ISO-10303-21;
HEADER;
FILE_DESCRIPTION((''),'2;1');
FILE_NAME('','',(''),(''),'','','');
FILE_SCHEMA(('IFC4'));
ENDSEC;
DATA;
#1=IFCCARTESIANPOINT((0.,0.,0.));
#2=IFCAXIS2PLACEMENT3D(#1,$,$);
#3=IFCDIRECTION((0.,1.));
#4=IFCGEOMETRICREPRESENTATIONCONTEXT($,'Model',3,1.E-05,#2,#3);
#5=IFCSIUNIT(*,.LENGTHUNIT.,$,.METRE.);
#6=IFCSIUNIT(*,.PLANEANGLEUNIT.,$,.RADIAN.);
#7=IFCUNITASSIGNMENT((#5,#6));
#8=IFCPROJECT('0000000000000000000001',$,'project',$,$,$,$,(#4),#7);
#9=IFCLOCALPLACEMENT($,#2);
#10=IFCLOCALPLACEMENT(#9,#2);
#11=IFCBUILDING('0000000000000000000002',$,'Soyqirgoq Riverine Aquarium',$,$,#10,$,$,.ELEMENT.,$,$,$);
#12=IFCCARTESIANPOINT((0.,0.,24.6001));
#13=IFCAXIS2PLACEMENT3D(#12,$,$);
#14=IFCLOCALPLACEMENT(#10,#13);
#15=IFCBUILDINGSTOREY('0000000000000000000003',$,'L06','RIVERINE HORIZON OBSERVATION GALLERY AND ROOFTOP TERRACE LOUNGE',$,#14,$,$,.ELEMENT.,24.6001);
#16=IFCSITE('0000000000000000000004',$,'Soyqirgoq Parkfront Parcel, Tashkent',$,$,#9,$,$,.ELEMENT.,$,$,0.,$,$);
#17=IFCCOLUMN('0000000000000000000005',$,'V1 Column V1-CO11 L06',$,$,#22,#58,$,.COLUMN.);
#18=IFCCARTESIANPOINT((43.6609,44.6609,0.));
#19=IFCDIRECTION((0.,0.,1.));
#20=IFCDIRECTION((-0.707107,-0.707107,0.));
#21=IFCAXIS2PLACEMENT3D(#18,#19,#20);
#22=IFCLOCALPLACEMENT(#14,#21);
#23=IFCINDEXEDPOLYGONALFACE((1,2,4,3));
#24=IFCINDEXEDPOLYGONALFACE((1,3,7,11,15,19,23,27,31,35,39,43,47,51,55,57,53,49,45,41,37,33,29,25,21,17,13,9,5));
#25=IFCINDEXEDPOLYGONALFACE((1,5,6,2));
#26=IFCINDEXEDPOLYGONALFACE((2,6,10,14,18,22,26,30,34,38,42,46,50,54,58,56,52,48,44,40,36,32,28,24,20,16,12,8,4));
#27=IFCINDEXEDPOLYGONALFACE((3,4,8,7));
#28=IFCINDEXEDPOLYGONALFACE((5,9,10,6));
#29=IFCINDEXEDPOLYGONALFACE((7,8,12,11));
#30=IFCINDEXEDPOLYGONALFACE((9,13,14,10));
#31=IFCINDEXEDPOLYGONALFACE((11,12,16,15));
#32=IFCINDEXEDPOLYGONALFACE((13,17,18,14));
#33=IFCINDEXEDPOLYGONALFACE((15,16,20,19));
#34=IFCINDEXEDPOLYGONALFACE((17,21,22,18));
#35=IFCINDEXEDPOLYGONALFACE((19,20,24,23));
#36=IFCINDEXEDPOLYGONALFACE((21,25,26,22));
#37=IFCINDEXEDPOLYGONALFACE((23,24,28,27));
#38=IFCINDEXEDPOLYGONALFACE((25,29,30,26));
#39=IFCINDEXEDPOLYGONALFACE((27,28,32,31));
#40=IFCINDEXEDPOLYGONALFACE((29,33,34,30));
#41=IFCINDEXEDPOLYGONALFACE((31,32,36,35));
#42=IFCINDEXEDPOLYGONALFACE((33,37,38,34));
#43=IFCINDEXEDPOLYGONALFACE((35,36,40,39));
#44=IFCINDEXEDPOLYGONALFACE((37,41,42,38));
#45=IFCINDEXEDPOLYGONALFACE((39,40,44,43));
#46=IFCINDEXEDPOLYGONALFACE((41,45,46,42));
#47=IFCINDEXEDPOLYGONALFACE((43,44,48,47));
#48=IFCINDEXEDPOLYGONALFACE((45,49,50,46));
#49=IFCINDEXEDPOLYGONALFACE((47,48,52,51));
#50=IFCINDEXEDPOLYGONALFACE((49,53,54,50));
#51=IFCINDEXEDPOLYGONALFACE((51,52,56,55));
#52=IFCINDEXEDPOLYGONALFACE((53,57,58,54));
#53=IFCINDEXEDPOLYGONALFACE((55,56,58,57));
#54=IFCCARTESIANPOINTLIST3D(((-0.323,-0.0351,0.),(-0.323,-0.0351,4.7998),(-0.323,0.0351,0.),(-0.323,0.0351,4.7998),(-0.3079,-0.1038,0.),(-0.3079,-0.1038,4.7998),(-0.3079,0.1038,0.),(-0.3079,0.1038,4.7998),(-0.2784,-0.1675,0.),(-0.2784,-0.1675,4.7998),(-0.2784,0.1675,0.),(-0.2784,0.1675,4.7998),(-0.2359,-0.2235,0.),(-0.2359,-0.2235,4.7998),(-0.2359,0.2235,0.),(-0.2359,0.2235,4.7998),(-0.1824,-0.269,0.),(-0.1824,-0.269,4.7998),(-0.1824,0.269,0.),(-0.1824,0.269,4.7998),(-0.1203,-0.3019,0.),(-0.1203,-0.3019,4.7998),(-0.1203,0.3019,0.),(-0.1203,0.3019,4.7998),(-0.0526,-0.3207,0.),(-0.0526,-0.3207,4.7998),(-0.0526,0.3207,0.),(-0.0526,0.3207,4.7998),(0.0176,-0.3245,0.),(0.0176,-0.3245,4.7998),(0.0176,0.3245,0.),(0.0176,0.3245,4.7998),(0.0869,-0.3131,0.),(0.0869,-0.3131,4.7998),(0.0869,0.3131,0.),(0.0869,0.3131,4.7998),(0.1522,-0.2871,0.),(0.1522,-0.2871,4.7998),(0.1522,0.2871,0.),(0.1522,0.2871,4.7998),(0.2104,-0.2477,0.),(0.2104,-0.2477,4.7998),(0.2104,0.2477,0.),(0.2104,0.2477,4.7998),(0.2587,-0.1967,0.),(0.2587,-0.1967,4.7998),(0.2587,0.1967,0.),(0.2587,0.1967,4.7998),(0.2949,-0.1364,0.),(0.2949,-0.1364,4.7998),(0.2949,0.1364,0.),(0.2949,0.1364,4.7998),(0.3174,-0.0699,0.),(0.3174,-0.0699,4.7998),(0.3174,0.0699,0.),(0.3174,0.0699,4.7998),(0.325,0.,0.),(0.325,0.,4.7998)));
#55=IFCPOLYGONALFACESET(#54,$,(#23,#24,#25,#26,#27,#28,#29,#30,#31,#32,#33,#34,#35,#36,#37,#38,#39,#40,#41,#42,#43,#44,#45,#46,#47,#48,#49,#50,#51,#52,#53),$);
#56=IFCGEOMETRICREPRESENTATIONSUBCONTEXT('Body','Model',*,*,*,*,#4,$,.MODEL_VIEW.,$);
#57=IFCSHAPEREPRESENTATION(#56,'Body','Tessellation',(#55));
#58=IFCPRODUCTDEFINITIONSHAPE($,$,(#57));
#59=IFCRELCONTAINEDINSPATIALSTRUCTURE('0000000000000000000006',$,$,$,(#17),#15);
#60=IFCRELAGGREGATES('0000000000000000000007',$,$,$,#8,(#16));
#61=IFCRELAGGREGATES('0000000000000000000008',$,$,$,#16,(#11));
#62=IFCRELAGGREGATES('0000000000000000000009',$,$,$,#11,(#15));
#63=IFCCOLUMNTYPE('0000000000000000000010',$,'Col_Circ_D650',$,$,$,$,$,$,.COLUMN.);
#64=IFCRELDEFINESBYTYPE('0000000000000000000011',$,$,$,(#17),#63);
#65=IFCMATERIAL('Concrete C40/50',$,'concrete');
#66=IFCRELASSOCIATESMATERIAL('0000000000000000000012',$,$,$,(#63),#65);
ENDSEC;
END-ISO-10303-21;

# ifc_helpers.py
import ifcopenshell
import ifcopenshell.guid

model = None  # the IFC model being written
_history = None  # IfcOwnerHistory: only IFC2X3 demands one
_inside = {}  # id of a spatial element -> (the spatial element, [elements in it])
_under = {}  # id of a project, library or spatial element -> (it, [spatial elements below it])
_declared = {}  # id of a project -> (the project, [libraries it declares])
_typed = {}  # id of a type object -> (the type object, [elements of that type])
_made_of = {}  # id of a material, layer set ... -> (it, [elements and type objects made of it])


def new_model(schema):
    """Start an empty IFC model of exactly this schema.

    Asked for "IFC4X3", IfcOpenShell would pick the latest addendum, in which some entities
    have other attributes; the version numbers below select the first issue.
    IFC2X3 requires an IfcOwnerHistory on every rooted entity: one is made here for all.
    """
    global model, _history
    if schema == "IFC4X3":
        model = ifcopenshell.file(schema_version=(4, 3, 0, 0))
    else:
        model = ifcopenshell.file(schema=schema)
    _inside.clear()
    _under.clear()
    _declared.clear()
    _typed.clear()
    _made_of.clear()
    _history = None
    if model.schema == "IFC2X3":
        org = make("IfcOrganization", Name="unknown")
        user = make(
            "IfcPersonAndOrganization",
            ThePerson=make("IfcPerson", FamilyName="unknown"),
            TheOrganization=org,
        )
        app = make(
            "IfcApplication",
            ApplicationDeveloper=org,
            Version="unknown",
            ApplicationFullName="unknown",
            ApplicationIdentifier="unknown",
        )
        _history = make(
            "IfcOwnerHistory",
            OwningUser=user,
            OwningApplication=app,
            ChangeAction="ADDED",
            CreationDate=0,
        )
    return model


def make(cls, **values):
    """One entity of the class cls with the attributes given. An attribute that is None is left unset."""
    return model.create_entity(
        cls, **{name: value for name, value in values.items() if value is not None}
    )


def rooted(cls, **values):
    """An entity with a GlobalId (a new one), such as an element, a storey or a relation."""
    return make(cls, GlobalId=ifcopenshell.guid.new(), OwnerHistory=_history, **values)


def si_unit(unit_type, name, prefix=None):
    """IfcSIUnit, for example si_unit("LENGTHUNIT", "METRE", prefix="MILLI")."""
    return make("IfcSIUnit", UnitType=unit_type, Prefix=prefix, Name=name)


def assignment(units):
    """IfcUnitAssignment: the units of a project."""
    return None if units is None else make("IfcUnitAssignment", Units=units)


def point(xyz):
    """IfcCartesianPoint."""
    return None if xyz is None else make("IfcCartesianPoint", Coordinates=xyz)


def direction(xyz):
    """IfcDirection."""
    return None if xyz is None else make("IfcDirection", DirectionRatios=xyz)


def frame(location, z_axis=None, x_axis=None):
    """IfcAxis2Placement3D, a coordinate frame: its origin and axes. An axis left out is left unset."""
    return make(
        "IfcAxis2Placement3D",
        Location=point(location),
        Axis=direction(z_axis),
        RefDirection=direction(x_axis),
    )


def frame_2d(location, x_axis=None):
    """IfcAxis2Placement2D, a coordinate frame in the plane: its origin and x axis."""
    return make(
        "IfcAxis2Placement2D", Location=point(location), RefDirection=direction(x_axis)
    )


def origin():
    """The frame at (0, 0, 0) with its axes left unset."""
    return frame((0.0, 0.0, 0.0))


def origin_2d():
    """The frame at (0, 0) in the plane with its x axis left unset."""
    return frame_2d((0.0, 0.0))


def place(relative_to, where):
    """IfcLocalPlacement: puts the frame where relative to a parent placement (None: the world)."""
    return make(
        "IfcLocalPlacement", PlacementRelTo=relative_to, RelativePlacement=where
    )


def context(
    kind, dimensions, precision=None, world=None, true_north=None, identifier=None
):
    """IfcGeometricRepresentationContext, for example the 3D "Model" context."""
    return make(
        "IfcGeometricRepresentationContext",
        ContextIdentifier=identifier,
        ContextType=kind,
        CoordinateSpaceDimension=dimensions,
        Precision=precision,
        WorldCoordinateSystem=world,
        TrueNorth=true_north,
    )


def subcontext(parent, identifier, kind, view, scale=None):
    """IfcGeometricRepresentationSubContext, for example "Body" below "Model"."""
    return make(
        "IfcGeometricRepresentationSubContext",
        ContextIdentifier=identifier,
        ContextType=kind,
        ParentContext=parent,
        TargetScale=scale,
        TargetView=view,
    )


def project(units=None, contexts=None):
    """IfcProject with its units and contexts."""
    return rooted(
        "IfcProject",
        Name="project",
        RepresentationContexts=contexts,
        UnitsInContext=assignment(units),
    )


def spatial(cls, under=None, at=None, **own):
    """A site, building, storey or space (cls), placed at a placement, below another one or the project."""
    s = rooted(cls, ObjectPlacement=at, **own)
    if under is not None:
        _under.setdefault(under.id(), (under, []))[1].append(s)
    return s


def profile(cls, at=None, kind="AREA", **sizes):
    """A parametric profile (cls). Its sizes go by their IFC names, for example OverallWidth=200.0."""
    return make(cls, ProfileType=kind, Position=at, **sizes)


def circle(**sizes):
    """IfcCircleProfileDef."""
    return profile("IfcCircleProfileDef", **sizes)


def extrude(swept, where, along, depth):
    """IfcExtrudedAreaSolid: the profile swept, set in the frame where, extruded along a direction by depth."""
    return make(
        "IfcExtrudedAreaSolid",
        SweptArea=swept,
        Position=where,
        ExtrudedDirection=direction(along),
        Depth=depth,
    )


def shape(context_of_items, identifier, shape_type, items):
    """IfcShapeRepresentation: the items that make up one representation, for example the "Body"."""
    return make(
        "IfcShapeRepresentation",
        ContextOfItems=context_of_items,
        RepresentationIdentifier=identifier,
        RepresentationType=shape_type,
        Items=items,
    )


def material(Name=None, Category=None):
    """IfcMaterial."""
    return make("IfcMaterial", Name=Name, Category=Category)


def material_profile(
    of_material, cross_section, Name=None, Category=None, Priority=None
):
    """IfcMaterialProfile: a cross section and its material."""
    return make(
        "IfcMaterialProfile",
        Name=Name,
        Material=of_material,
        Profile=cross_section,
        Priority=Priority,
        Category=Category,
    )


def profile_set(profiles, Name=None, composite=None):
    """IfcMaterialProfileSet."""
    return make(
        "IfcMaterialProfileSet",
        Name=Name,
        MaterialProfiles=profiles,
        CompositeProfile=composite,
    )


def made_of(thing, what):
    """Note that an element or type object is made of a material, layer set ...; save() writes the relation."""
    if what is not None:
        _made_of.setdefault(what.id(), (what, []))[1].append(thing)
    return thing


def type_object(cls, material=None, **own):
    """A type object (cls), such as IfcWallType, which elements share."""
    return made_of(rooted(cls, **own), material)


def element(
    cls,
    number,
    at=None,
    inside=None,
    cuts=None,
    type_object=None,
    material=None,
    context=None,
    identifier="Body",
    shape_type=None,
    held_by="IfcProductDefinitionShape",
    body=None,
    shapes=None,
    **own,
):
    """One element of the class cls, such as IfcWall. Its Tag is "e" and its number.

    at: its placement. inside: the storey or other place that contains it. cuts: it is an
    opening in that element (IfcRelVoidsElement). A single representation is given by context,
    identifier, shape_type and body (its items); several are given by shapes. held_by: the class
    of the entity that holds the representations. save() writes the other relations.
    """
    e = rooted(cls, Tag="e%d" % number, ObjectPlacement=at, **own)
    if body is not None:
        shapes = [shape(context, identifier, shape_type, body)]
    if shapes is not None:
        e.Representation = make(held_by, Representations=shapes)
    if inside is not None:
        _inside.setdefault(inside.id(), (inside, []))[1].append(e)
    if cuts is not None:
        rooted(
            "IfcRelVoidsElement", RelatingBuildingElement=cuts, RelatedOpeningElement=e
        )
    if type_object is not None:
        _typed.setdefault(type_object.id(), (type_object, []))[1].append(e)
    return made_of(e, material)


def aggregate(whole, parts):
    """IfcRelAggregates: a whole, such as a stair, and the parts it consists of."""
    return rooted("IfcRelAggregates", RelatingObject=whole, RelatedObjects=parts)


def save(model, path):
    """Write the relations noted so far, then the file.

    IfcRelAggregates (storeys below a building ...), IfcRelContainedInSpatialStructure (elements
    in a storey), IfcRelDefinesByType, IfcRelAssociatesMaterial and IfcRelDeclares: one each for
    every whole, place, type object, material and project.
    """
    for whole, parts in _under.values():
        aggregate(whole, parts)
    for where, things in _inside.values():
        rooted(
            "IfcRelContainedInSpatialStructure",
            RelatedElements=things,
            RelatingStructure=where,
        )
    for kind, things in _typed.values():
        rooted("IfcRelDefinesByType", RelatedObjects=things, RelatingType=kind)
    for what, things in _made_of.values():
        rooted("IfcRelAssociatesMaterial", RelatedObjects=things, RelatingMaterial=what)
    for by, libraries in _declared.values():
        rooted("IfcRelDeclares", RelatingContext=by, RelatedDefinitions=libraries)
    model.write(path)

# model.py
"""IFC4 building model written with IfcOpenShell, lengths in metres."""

from ifc_helpers import new_model, si_unit, direction, frame, origin, origin_2d, place, context, subcontext, project, spatial, circle, extrude, material, material_profile, profile_set, type_object, element, save


model = new_model("IFC4")

# Units and contexts
model_context = context("Model", 3, precision=1e-05, world=origin(), true_north=direction((0.0, 1.0)))
body_context = subcontext(model_context, "Body", "Model", "MODEL_VIEW")
ifc_project = project(units=[si_unit("LENGTHUNIT", "METRE"), si_unit("PLANEANGLEUNIT", "RADIAN")], contexts=[model_context])

# Site, building, storey
site_placement = place(None, origin())
site = spatial("IfcSite", under=ifc_project, at=site_placement, Name="Soyqirgoq Parkfront Parcel, Tashkent", CompositionType="ELEMENT", RefElevation=0.0)
building_placement = place(site_placement, origin())
building = spatial("IfcBuilding", under=site, at=building_placement, Name="Soyqirgoq Riverine Aquarium", CompositionType="ELEMENT")
storey_placement = place(building_placement, frame((0.0, 0.0, 24.6001)))
storey = spatial("IfcBuildingStorey", under=building, at=storey_placement, Name="L06", Description="RIVERINE HORIZON OBSERVATION GALLERY AND ROOFTOP TERRACE LOUNGE", CompositionType="ELEMENT", Elevation=24.6001)

# Column
ifc_material_1 = material(Name="Concrete C40/50", Category="concrete")
ifc_material_profile_1 = material_profile(ifc_material_1, circle(Radius=0.325, at=origin_2d()), Name="RC-COL D650")
ifc_profile_set_1 = profile_set([ifc_material_profile_1], Name="Concrete C40/50")
column_type = type_object("IfcColumnType", Name="Col_Circ_D650", PredefinedType="COLUMN", material=ifc_profile_set_1)
column_placement = place(storey_placement, frame((43.6609, 44.6609, 0.0), z_axis=(0.0, 0.0, 1.0), x_axis=(-0.707107, -0.707107, 0.0)))
element("IfcColumn", 1, at=column_placement, inside=storey, type_object=column_type, Name="V1 Column V1-CO11 L06", PredefinedType="COLUMN", context=body_context, shape_type="SweptSolid", body=[
    extrude(circle(Radius=0.325, at=origin_2d()), origin(), (0.0, 0.0, 1.0), 4.7998),
])

save(model, "model.ifc")
